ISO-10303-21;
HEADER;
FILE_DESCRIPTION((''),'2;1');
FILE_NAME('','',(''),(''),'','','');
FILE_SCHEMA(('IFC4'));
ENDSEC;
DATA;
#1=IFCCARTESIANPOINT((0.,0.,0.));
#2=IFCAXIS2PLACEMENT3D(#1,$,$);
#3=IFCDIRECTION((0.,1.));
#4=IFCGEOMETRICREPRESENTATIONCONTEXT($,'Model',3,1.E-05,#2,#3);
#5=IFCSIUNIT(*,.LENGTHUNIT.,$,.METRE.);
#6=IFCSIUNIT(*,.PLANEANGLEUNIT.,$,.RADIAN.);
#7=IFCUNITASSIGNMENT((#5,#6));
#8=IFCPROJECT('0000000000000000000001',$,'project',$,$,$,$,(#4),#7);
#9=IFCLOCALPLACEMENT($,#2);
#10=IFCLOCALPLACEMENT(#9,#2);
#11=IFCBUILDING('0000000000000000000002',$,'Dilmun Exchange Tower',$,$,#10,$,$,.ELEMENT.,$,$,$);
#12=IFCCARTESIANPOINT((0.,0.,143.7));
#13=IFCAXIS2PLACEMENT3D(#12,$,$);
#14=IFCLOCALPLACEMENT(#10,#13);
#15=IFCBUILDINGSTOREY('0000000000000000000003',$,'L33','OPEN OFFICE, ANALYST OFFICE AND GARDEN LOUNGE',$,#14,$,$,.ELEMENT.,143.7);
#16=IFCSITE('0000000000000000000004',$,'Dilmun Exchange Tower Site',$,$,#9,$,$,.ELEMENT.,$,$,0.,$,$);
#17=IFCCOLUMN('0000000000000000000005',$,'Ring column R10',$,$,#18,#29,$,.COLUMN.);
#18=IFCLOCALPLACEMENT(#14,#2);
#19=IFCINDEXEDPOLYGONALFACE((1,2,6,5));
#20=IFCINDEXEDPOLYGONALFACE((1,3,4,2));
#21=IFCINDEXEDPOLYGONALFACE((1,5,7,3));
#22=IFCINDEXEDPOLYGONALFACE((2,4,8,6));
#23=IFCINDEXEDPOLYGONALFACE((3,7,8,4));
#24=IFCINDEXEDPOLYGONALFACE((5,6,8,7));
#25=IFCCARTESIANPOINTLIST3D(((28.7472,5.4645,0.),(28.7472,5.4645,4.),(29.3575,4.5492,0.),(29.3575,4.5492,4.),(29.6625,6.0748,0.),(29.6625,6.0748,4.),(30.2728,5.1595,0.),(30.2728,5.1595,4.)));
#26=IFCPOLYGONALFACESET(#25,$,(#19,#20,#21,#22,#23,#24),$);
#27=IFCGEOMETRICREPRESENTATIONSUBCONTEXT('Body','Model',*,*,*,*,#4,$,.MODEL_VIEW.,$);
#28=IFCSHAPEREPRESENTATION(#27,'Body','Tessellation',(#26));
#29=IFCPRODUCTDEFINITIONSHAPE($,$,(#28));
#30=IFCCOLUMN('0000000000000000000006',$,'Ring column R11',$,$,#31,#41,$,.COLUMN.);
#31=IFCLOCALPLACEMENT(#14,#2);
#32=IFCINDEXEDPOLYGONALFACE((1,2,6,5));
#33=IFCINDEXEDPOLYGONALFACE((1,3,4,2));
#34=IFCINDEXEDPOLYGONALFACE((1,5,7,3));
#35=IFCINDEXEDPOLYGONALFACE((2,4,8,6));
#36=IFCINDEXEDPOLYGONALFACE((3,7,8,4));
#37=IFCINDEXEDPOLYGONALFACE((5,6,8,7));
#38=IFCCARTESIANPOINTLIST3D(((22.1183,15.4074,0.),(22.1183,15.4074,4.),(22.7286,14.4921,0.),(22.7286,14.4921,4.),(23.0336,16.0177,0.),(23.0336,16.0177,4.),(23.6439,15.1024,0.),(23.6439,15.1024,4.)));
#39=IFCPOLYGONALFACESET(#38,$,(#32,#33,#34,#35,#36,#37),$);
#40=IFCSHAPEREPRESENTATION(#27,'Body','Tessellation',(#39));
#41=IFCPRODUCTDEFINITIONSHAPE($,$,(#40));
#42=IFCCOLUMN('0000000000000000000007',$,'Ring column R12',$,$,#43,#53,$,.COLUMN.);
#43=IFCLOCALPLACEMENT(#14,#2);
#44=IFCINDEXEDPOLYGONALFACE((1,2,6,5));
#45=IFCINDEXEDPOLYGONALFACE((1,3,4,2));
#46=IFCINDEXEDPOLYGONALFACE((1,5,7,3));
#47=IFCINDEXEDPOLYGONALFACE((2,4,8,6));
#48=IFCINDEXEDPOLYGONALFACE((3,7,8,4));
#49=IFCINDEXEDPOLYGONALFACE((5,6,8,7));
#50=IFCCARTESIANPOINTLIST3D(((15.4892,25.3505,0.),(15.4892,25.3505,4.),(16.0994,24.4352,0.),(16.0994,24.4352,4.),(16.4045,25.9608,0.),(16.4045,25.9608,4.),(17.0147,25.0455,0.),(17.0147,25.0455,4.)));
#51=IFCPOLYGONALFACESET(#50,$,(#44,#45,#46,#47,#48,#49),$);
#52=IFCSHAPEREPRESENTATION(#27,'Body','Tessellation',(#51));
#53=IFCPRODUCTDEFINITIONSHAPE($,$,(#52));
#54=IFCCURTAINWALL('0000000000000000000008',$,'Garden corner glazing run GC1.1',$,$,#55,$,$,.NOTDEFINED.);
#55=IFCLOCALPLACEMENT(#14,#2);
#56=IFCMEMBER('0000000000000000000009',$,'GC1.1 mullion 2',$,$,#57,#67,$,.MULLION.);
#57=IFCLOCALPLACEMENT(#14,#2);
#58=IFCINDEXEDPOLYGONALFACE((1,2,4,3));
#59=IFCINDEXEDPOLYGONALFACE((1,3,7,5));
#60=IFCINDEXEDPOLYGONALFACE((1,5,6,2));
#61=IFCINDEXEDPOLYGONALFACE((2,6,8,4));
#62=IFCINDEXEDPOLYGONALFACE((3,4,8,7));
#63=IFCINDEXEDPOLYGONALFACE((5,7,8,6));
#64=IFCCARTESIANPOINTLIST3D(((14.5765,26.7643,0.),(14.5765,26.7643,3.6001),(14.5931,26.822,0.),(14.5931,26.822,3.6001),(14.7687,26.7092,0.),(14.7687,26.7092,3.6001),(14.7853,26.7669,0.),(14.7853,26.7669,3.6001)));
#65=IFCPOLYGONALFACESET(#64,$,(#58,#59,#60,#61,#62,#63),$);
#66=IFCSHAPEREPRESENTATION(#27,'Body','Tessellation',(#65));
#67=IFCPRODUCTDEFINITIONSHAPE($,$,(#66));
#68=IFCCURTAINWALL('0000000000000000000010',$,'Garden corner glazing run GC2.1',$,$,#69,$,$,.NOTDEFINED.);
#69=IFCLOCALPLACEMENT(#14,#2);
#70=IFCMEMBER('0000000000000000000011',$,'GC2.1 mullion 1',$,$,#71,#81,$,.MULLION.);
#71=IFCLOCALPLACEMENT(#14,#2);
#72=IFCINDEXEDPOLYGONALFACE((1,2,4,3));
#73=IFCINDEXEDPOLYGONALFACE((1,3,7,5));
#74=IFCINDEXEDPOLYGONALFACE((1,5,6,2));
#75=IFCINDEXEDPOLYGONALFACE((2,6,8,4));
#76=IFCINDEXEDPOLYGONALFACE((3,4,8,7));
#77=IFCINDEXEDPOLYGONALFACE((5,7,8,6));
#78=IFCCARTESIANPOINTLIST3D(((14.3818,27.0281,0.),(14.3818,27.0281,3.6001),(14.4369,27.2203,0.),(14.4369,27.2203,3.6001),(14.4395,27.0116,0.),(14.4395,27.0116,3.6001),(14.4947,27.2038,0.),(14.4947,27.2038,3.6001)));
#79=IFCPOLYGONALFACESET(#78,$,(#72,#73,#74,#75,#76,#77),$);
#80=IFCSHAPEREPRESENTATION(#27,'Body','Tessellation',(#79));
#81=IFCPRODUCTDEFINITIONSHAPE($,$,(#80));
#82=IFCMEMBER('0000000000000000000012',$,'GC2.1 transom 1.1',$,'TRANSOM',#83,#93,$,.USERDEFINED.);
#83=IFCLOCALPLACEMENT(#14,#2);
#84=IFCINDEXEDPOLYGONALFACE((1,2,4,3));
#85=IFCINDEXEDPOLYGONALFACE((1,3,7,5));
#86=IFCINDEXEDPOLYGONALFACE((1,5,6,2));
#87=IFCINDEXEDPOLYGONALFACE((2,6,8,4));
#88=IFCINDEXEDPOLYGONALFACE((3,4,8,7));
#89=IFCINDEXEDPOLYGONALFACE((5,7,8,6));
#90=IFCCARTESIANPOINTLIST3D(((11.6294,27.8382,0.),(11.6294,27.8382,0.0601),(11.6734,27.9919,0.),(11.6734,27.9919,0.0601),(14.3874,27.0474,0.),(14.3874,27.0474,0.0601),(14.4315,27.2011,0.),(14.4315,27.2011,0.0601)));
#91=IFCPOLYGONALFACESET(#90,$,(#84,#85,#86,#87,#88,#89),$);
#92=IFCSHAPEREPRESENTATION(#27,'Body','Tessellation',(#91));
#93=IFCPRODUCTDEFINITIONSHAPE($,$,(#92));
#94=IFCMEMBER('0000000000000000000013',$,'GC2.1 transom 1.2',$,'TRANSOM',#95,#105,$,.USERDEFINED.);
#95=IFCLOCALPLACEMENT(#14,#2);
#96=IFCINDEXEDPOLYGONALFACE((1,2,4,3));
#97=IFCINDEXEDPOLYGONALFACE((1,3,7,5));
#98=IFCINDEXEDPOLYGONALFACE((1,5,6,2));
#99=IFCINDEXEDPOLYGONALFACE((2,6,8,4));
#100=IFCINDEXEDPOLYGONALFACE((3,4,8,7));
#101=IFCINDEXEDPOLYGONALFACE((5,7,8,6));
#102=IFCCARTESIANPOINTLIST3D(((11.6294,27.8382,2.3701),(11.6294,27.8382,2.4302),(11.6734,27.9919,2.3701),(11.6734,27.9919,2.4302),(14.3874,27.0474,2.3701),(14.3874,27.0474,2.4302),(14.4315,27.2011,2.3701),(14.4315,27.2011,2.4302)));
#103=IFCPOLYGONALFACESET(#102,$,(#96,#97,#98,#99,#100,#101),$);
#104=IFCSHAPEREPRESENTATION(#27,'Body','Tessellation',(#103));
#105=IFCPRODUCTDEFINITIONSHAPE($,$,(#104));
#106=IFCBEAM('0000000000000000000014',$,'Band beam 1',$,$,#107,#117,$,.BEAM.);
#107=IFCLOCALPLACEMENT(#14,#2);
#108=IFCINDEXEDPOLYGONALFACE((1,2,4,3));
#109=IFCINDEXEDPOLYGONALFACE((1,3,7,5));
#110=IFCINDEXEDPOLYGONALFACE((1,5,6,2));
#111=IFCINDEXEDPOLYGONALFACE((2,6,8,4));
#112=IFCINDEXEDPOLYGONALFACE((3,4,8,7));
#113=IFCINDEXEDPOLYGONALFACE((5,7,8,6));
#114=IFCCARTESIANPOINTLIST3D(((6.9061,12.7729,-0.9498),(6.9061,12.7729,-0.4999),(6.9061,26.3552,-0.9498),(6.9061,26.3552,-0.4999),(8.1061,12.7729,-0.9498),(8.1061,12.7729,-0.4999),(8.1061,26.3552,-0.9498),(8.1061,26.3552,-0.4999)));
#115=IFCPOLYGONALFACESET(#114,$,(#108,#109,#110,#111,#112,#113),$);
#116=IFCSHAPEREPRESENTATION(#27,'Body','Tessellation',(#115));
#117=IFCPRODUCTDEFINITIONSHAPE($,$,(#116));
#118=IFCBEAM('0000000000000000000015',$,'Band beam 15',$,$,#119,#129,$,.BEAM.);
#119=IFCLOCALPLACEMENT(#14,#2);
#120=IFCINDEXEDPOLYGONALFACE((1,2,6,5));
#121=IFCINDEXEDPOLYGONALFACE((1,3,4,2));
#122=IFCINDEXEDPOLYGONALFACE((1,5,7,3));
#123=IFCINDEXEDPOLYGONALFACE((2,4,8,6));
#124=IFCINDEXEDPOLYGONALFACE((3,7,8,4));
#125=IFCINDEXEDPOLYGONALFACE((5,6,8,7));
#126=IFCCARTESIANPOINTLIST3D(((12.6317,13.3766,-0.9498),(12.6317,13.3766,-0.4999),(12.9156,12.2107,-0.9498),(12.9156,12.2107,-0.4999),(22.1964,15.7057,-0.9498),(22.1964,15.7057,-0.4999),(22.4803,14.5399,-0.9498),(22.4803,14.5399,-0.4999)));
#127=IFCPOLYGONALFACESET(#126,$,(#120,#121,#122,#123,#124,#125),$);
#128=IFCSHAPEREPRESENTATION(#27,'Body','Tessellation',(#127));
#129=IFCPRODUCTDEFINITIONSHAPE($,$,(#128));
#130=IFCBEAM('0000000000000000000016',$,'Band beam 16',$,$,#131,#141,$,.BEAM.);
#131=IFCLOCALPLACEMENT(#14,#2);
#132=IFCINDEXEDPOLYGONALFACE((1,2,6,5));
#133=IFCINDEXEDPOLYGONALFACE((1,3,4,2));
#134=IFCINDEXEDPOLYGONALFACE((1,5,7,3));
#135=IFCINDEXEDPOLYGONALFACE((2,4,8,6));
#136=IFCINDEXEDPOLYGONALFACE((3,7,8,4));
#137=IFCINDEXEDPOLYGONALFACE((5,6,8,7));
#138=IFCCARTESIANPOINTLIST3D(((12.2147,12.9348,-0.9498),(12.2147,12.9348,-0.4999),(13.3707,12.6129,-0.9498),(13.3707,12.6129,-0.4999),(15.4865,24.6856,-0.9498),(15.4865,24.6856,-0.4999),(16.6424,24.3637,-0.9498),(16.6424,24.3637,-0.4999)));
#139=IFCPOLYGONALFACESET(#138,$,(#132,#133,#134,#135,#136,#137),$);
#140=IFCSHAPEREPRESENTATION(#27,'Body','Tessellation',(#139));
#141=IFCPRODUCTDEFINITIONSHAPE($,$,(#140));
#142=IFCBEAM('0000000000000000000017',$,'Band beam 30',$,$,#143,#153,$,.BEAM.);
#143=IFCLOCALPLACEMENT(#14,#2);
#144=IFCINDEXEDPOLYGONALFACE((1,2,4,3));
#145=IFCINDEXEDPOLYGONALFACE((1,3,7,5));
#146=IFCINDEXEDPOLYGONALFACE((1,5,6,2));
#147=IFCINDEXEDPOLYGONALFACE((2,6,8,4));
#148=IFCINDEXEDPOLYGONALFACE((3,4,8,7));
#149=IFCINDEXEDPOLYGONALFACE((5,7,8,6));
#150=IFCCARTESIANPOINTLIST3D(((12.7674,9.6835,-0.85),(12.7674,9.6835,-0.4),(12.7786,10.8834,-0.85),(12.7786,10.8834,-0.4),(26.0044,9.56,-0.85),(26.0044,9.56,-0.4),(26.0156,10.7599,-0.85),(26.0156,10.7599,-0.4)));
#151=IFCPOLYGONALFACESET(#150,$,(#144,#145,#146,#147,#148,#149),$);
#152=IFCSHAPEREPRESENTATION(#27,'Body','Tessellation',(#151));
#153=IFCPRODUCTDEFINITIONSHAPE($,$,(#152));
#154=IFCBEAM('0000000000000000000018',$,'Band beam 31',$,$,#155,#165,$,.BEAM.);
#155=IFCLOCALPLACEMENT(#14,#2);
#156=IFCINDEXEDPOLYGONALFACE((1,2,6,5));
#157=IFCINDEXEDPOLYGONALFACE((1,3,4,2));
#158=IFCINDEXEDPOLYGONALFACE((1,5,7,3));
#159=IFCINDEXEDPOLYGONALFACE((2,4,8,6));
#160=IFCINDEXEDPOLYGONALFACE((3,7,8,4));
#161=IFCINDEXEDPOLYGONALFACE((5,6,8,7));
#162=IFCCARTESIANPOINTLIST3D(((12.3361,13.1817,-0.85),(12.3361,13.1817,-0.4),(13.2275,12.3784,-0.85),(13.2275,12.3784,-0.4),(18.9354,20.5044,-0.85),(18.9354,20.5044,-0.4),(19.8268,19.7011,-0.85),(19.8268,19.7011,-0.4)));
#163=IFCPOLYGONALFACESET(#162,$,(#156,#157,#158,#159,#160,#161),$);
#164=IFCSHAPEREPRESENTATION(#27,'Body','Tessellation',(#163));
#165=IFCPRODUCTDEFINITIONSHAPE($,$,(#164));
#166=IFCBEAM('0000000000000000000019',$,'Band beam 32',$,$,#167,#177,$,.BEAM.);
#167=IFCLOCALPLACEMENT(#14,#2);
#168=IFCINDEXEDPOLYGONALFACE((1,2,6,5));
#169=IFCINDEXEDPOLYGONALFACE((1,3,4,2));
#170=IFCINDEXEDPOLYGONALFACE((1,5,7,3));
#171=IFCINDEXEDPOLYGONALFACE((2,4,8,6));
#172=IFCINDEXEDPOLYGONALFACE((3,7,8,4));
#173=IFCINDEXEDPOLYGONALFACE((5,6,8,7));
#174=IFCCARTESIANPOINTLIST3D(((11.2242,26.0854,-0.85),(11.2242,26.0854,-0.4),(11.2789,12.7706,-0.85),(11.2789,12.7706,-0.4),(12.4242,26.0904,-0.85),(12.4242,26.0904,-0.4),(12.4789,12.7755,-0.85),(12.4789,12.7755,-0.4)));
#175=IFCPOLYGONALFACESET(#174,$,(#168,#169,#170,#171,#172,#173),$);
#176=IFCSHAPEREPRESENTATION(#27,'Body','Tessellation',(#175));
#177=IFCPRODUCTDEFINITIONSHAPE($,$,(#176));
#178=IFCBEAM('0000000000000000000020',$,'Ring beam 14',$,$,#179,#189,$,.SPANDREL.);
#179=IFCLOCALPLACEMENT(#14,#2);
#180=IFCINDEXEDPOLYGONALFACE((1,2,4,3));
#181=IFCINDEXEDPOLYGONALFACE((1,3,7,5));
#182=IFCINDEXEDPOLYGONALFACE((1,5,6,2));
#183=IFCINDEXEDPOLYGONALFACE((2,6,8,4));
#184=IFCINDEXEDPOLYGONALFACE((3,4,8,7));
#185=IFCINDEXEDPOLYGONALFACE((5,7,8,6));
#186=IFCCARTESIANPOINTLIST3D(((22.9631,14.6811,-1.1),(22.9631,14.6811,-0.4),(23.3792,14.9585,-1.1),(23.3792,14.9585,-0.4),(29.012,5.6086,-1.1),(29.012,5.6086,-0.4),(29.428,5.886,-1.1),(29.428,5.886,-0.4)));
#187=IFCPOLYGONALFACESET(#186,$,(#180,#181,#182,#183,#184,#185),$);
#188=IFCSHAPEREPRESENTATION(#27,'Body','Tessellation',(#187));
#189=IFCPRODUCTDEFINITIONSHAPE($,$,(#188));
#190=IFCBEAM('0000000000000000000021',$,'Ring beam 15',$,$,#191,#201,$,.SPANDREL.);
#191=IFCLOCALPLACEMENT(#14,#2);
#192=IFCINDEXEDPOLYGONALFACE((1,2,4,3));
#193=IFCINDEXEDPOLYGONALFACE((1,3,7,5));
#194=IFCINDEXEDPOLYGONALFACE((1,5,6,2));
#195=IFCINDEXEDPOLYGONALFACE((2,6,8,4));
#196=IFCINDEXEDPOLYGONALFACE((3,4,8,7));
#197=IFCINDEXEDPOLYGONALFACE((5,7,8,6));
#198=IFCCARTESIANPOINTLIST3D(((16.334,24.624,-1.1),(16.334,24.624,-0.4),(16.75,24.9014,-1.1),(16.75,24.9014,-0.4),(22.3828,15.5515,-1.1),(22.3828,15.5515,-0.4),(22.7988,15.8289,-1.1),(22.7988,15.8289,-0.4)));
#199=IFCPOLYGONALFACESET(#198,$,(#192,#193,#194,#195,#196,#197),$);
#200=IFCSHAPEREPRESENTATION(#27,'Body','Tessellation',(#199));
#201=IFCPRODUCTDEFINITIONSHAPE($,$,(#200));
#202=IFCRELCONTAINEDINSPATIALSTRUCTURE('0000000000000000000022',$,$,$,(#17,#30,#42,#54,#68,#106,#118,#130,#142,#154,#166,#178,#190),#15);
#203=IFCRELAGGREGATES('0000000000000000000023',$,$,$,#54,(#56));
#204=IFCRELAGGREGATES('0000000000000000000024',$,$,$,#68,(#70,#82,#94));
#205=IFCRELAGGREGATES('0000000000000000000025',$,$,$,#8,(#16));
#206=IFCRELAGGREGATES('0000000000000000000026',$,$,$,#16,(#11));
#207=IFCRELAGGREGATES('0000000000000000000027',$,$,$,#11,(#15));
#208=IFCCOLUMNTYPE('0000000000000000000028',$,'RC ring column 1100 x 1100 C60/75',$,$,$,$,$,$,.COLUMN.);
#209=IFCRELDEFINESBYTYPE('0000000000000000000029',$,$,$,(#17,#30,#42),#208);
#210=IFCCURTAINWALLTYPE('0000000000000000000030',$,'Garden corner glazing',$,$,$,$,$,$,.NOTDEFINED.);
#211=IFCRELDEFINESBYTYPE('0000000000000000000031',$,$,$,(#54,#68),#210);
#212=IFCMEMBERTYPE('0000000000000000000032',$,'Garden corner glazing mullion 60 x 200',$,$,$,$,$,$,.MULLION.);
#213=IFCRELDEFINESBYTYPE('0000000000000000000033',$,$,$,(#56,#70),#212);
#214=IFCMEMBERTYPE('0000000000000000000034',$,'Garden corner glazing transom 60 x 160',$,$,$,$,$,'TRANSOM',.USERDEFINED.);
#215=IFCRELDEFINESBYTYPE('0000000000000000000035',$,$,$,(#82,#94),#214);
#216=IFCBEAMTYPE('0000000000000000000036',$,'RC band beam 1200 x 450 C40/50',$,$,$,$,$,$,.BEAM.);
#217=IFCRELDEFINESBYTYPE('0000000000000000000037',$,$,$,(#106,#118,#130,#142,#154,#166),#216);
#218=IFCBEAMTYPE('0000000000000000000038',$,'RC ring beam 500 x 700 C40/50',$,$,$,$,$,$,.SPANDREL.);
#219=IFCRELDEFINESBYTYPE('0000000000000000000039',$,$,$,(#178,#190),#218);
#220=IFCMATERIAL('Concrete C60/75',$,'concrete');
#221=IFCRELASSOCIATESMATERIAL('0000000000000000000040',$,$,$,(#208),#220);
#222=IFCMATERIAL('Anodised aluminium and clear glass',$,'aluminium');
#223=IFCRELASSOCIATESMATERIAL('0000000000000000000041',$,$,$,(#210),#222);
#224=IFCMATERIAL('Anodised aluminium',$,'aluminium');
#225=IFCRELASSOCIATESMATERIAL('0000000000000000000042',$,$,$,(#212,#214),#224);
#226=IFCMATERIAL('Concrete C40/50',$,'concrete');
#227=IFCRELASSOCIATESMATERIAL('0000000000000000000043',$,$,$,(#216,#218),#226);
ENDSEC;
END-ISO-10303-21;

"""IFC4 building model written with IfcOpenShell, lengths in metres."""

from ifc_helpers import new_model, si_unit, direction, frame, origin, origin_2d, place, context, subcontext, project, spatial, rectangle, extrude, material, material_profile, profile_set, type_object, element, aggregate, save


model = new_model("IFC4")

# Units and contexts
model_context = context("Model", 3, precision=1e-05, world=origin(), true_north=direction((0.0, 1.0)))
body_context = subcontext(model_context, "Body", "Model", "MODEL_VIEW")
ifc_project = project(units=[si_unit("LENGTHUNIT", "METRE"), si_unit("PLANEANGLEUNIT", "RADIAN")], contexts=[model_context])

# Site, building, storey
site_placement = place(None, origin())
site = spatial("IfcSite", under=ifc_project, at=site_placement, Name="Dilmun Exchange Tower Site", CompositionType="ELEMENT", RefElevation=0.0)
building_placement = place(site_placement, origin())
building = spatial("IfcBuilding", under=site, at=building_placement, Name="Dilmun Exchange Tower", CompositionType="ELEMENT")
storey_placement = place(building_placement, frame((0.0, 0.0, 143.7)))
storey = spatial("IfcBuildingStorey", under=building, at=storey_placement, Name="L33", Description="OPEN OFFICE, ANALYST OFFICE AND GARDEN LOUNGE", CompositionType="ELEMENT", Elevation=143.7)

# Columns
ifc_material_1 = material(Name="Concrete C60/75", Category="concrete")
ifc_material_profile_1 = material_profile(ifc_material_1, rectangle(XDim=1.1001, YDim=1.1001, at=origin_2d()), Name="1100 x 1100")
ifc_profile_set_1 = profile_set([ifc_material_profile_1], Name="Concrete C60/75")
column_type = type_object("IfcColumnType", Name="RC ring column 1100 x 1100 C60/75", PredefinedType="COLUMN", material=ifc_profile_set_1)
for number, where, z_axis, x_axis, name in (
    (1, (29.51, 5.312, 0.0), (0.0, 0.0, 1.0), (0.832029, 0.554733, 0.0), "Ring column R10"),
    (2, (22.8811, 15.2549, 0.0), (0.0, 0.0, 1.0), (0.832029, 0.554733, 0.0), "Ring column R11"),
    (3, (16.252, 25.198, 0.0), (0.0, 0.0, 1.0), (0.832029, 0.554733, 0.0), "Ring column R12"),
):
    element("IfcColumn", number, at=place(storey_placement, frame(where, z_axis=z_axis, x_axis=x_axis)), inside=storey, type_object=column_type, Name=name, PredefinedType="COLUMN", context=body_context, shape_type="SweptSolid", body=[
        extrude(rectangle(XDim=1.1001, YDim=1.1001, at=origin_2d()), origin(), (0.0, 0.0, 1.0), 4.0),
    ])

# Curtain wall, member
ifc_material_2 = material(Name="Anodised aluminium and clear glass", Category="aluminium")
curtain_wall_type = type_object("IfcCurtainWallType", Name="Garden corner glazing", PredefinedType="NOTDEFINED", material=ifc_material_2)
curtain_wall_1_placement = place(storey_placement, origin())
curtain_wall_1 = element("IfcCurtainWall", 4, at=curtain_wall_1_placement, inside=storey, type_object=curtain_wall_type, Name="Garden corner glazing run GC1.1", PredefinedType="NOTDEFINED")
ifc_material_3 = material(Name="Anodised aluminium", Category="aluminium")
ifc_material_profile_2 = material_profile(ifc_material_3, rectangle(XDim=0.2, YDim=0.0601, at=origin_2d()), Name="AL 60x200")
ifc_profile_set_2 = profile_set([ifc_material_profile_2], Name="Anodised aluminium")
member_type_1 = type_object("IfcMemberType", Name="Garden corner glazing mullion 60 x 200", PredefinedType="MULLION", material=ifc_profile_set_2)
member_1_placement = place(storey_placement, frame((14.6809, 26.7656, 0.0), z_axis=(0.0, 0.0, 1.0), x_axis=(0.961263, -0.275632, 0.0)))
member_1 = element("IfcMember", 5, at=member_1_placement, type_object=member_type_1, Name="GC1.1 mullion 2", PredefinedType="MULLION", context=body_context, shape_type="SweptSolid", body=[
    extrude(rectangle(XDim=0.2, YDim=0.0601, at=origin_2d()), origin(), (0.0, 0.0, 1.0), 3.6001),
])
aggregate(curtain_wall_1, [member_1])

# Curtain wall, members
curtain_wall_2_placement = place(storey_placement, origin())
curtain_wall_2 = element("IfcCurtainWall", 6, at=curtain_wall_2_placement, inside=storey, type_object=curtain_wall_type, Name="Garden corner glazing run GC2.1", PredefinedType="NOTDEFINED")
member_2_placement = place(storey_placement, frame((14.4382, 27.116, 0.0), z_axis=(0.0, 0.0, 1.0), x_axis=(-0.275667, -0.961253, 0.0)))
member_2 = element("IfcMember", 7, at=member_2_placement, type_object=member_type_1, Name="GC2.1 mullion 1", PredefinedType="MULLION", context=body_context, shape_type="SweptSolid", body=[
    extrude(rectangle(XDim=0.2, YDim=0.0601, at=origin_2d()), origin(), (0.0, 0.0, 1.0), 3.6001),
])
ifc_material_profile_3 = material_profile(ifc_material_3, rectangle(XDim=0.1599, YDim=0.0601, at=origin_2d()), Name="AL 60x160")
ifc_profile_set_3 = profile_set([ifc_material_profile_3], Name="Anodised aluminium")
member_type_2 = type_object("IfcMemberType", Name="Garden corner glazing transom 60 x 160", ElementType="TRANSOM", PredefinedType="USERDEFINED", material=ifc_profile_set_3)
member_3_placement = place(storey_placement, frame((14.4094, 27.1243, 0.03), z_axis=(-0.96127, 0.275609, 0.0), x_axis=(-0.275609, -0.96127, 0.0)))
member_3 = element("IfcMember", 8, at=member_3_placement, type_object=member_type_2, Name="GC2.1 transom 1.1", ObjectType="TRANSOM", PredefinedType="USERDEFINED", context=body_context, shape_type="SweptSolid", body=[
    extrude(rectangle(XDim=0.1599, YDim=0.0601, at=origin_2d()), origin(), (0.0, 0.0, 1.0), 2.8691),
])
member_4_placement = place(storey_placement, frame((14.4094, 27.1243, 2.4001), z_axis=(-0.96127, 0.275609, 0.0), x_axis=(-0.275609, -0.96127, 0.0)))
member_4 = element("IfcMember", 9, at=member_4_placement, type_object=member_type_2, Name="GC2.1 transom 1.2", ObjectType="TRANSOM", PredefinedType="USERDEFINED", context=body_context, shape_type="SweptSolid", body=[
    extrude(rectangle(XDim=0.1599, YDim=0.0601, at=origin_2d()), origin(), (0.0, 0.0, 1.0), 2.8691),
])
aggregate(curtain_wall_2, [member_2, member_3, member_4])

# Beams
ifc_material_4 = material(Name="Concrete C40/50", Category="concrete")
ifc_material_profile_4 = material_profile(ifc_material_4, rectangle(XDim=1.2, YDim=0.45, at=origin_2d()), Name="1200 x 450")
ifc_profile_set_4 = profile_set([ifc_material_profile_4], Name="Concrete C40/50")
beam_type_1 = type_object("IfcBeamType", Name="RC band beam 1200 x 450 C40/50", PredefinedType="BEAM", material=ifc_profile_set_4)
beam_1_placement = place(storey_placement, frame((7.5061, 26.3552, -0.7249), z_axis=(0.0, -1.0, 0.0), x_axis=(1.0, 0.0, 0.0)))
element("IfcBeam", 10, at=beam_1_placement, inside=storey, type_object=beam_type_1, Name="Band beam 1", PredefinedType="BEAM", context=body_context, shape_type="SweptSolid", body=[
    extrude(rectangle(XDim=1.2, YDim=0.45, at=origin_2d()), origin(), (0.0, 0.0, 1.0), 13.5823),
])
beam_2_placement = place(storey_placement, frame((22.3384, 15.1228, -0.7249), z_axis=(-0.971608, -0.236596, 0.0), x_axis=(0.236596, -0.971608, 0.0)))
element("IfcBeam", 11, at=beam_2_placement, inside=storey, type_object=beam_type_1, Name="Band beam 15", PredefinedType="BEAM", context=body_context, shape_type="SweptSolid", body=[
    extrude(rectangle(XDim=1.2, YDim=0.45, at=origin_2d()), origin(), (0.0, 0.0, 1.0), 9.8442),
])
beam_3_placement = place(storey_placement, frame((16.0645, 24.5247, -0.7249), z_axis=(-0.268225, -0.963356, 0.0), x_axis=(0.963356, -0.268225, 0.0)))
element("IfcBeam", 12, at=beam_3_placement, inside=storey, type_object=beam_type_1, Name="Band beam 16", PredefinedType="BEAM", context=body_context, shape_type="SweptSolid", body=[
    extrude(rectangle(XDim=1.2, YDim=0.45, at=origin_2d()), origin(), (0.0, 0.0, 1.0), 12.1978),
])
beam_4_placement = place(storey_placement, frame((26.01, 10.1599, -0.625), z_axis=(-0.999956, 0.009332, 0.0), x_axis=(-0.009332, -0.999956, 0.0)))
element("IfcBeam", 13, at=beam_4_placement, inside=storey, type_object=beam_type_1, Name="Band beam 30", PredefinedType="BEAM", context=body_context, shape_type="SweptSolid", body=[
    extrude(rectangle(XDim=1.2, YDim=0.45, at=origin_2d()), origin(), (0.0, 0.0, 1.0), 13.2375),
])
beam_5_placement = place(storey_placement, frame((19.3811, 20.1028, -0.625), z_axis=(-0.669463, -0.742846, 0.0), x_axis=(0.742846, -0.669463, 0.0)))
element("IfcBeam", 14, at=beam_5_placement, inside=storey, type_object=beam_type_1, Name="Band beam 31", PredefinedType="BEAM", context=body_context, shape_type="SweptSolid", body=[
    extrude(rectangle(XDim=1.2, YDim=0.45, at=origin_2d()), origin(), (0.0, 0.0, 1.0), 9.8577),
])
beam_6_placement = place(storey_placement, frame((11.8242, 26.0879, -0.625), z_axis=(0.004107, -0.999992, 0.0), x_axis=(0.999992, 0.004107, 0.0)))
element("IfcBeam", 15, at=beam_6_placement, inside=storey, type_object=beam_type_1, Name="Band beam 32", PredefinedType="BEAM", context=body_context, shape_type="SweptSolid", body=[
    extrude(rectangle(XDim=1.2, YDim=0.45, at=origin_2d()), origin(), (0.0, 0.0, 1.0), 13.3149),
])
ifc_material_profile_5 = material_profile(ifc_material_4, rectangle(XDim=0.5, YDim=0.7, at=origin_2d()), Name="500 x 700")
ifc_profile_set_5 = profile_set([ifc_material_profile_5], Name="Concrete C40/50")
beam_type_2 = type_object("IfcBeamType", Name="RC ring beam 500 x 700 C40/50", PredefinedType="SPANDREL", material=ifc_profile_set_5)
for number, where, z_axis, x_axis, name in (
    (16, (29.22, 5.7473, -0.75), (-0.554731, 0.83203, 0.0), (-0.83203, -0.554731, 0.0), "Ring beam 14"),
    (17, (22.5908, 15.6902, -0.75), (-0.554731, 0.83203, 0.0), (-0.83203, -0.554731, 0.0), "Ring beam 15"),
):
    element("IfcBeam", number, at=place(storey_placement, frame(where, z_axis=z_axis, x_axis=x_axis)), inside=storey, type_object=beam_type_2, Name=name, PredefinedType="SPANDREL", context=body_context, shape_type="SweptSolid", body=[
        extrude(rectangle(XDim=0.5, YDim=0.7, at=origin_2d()), origin(), (0.0, 0.0, 1.0), 10.9041),
    ])

save(model, "model.ifc")
